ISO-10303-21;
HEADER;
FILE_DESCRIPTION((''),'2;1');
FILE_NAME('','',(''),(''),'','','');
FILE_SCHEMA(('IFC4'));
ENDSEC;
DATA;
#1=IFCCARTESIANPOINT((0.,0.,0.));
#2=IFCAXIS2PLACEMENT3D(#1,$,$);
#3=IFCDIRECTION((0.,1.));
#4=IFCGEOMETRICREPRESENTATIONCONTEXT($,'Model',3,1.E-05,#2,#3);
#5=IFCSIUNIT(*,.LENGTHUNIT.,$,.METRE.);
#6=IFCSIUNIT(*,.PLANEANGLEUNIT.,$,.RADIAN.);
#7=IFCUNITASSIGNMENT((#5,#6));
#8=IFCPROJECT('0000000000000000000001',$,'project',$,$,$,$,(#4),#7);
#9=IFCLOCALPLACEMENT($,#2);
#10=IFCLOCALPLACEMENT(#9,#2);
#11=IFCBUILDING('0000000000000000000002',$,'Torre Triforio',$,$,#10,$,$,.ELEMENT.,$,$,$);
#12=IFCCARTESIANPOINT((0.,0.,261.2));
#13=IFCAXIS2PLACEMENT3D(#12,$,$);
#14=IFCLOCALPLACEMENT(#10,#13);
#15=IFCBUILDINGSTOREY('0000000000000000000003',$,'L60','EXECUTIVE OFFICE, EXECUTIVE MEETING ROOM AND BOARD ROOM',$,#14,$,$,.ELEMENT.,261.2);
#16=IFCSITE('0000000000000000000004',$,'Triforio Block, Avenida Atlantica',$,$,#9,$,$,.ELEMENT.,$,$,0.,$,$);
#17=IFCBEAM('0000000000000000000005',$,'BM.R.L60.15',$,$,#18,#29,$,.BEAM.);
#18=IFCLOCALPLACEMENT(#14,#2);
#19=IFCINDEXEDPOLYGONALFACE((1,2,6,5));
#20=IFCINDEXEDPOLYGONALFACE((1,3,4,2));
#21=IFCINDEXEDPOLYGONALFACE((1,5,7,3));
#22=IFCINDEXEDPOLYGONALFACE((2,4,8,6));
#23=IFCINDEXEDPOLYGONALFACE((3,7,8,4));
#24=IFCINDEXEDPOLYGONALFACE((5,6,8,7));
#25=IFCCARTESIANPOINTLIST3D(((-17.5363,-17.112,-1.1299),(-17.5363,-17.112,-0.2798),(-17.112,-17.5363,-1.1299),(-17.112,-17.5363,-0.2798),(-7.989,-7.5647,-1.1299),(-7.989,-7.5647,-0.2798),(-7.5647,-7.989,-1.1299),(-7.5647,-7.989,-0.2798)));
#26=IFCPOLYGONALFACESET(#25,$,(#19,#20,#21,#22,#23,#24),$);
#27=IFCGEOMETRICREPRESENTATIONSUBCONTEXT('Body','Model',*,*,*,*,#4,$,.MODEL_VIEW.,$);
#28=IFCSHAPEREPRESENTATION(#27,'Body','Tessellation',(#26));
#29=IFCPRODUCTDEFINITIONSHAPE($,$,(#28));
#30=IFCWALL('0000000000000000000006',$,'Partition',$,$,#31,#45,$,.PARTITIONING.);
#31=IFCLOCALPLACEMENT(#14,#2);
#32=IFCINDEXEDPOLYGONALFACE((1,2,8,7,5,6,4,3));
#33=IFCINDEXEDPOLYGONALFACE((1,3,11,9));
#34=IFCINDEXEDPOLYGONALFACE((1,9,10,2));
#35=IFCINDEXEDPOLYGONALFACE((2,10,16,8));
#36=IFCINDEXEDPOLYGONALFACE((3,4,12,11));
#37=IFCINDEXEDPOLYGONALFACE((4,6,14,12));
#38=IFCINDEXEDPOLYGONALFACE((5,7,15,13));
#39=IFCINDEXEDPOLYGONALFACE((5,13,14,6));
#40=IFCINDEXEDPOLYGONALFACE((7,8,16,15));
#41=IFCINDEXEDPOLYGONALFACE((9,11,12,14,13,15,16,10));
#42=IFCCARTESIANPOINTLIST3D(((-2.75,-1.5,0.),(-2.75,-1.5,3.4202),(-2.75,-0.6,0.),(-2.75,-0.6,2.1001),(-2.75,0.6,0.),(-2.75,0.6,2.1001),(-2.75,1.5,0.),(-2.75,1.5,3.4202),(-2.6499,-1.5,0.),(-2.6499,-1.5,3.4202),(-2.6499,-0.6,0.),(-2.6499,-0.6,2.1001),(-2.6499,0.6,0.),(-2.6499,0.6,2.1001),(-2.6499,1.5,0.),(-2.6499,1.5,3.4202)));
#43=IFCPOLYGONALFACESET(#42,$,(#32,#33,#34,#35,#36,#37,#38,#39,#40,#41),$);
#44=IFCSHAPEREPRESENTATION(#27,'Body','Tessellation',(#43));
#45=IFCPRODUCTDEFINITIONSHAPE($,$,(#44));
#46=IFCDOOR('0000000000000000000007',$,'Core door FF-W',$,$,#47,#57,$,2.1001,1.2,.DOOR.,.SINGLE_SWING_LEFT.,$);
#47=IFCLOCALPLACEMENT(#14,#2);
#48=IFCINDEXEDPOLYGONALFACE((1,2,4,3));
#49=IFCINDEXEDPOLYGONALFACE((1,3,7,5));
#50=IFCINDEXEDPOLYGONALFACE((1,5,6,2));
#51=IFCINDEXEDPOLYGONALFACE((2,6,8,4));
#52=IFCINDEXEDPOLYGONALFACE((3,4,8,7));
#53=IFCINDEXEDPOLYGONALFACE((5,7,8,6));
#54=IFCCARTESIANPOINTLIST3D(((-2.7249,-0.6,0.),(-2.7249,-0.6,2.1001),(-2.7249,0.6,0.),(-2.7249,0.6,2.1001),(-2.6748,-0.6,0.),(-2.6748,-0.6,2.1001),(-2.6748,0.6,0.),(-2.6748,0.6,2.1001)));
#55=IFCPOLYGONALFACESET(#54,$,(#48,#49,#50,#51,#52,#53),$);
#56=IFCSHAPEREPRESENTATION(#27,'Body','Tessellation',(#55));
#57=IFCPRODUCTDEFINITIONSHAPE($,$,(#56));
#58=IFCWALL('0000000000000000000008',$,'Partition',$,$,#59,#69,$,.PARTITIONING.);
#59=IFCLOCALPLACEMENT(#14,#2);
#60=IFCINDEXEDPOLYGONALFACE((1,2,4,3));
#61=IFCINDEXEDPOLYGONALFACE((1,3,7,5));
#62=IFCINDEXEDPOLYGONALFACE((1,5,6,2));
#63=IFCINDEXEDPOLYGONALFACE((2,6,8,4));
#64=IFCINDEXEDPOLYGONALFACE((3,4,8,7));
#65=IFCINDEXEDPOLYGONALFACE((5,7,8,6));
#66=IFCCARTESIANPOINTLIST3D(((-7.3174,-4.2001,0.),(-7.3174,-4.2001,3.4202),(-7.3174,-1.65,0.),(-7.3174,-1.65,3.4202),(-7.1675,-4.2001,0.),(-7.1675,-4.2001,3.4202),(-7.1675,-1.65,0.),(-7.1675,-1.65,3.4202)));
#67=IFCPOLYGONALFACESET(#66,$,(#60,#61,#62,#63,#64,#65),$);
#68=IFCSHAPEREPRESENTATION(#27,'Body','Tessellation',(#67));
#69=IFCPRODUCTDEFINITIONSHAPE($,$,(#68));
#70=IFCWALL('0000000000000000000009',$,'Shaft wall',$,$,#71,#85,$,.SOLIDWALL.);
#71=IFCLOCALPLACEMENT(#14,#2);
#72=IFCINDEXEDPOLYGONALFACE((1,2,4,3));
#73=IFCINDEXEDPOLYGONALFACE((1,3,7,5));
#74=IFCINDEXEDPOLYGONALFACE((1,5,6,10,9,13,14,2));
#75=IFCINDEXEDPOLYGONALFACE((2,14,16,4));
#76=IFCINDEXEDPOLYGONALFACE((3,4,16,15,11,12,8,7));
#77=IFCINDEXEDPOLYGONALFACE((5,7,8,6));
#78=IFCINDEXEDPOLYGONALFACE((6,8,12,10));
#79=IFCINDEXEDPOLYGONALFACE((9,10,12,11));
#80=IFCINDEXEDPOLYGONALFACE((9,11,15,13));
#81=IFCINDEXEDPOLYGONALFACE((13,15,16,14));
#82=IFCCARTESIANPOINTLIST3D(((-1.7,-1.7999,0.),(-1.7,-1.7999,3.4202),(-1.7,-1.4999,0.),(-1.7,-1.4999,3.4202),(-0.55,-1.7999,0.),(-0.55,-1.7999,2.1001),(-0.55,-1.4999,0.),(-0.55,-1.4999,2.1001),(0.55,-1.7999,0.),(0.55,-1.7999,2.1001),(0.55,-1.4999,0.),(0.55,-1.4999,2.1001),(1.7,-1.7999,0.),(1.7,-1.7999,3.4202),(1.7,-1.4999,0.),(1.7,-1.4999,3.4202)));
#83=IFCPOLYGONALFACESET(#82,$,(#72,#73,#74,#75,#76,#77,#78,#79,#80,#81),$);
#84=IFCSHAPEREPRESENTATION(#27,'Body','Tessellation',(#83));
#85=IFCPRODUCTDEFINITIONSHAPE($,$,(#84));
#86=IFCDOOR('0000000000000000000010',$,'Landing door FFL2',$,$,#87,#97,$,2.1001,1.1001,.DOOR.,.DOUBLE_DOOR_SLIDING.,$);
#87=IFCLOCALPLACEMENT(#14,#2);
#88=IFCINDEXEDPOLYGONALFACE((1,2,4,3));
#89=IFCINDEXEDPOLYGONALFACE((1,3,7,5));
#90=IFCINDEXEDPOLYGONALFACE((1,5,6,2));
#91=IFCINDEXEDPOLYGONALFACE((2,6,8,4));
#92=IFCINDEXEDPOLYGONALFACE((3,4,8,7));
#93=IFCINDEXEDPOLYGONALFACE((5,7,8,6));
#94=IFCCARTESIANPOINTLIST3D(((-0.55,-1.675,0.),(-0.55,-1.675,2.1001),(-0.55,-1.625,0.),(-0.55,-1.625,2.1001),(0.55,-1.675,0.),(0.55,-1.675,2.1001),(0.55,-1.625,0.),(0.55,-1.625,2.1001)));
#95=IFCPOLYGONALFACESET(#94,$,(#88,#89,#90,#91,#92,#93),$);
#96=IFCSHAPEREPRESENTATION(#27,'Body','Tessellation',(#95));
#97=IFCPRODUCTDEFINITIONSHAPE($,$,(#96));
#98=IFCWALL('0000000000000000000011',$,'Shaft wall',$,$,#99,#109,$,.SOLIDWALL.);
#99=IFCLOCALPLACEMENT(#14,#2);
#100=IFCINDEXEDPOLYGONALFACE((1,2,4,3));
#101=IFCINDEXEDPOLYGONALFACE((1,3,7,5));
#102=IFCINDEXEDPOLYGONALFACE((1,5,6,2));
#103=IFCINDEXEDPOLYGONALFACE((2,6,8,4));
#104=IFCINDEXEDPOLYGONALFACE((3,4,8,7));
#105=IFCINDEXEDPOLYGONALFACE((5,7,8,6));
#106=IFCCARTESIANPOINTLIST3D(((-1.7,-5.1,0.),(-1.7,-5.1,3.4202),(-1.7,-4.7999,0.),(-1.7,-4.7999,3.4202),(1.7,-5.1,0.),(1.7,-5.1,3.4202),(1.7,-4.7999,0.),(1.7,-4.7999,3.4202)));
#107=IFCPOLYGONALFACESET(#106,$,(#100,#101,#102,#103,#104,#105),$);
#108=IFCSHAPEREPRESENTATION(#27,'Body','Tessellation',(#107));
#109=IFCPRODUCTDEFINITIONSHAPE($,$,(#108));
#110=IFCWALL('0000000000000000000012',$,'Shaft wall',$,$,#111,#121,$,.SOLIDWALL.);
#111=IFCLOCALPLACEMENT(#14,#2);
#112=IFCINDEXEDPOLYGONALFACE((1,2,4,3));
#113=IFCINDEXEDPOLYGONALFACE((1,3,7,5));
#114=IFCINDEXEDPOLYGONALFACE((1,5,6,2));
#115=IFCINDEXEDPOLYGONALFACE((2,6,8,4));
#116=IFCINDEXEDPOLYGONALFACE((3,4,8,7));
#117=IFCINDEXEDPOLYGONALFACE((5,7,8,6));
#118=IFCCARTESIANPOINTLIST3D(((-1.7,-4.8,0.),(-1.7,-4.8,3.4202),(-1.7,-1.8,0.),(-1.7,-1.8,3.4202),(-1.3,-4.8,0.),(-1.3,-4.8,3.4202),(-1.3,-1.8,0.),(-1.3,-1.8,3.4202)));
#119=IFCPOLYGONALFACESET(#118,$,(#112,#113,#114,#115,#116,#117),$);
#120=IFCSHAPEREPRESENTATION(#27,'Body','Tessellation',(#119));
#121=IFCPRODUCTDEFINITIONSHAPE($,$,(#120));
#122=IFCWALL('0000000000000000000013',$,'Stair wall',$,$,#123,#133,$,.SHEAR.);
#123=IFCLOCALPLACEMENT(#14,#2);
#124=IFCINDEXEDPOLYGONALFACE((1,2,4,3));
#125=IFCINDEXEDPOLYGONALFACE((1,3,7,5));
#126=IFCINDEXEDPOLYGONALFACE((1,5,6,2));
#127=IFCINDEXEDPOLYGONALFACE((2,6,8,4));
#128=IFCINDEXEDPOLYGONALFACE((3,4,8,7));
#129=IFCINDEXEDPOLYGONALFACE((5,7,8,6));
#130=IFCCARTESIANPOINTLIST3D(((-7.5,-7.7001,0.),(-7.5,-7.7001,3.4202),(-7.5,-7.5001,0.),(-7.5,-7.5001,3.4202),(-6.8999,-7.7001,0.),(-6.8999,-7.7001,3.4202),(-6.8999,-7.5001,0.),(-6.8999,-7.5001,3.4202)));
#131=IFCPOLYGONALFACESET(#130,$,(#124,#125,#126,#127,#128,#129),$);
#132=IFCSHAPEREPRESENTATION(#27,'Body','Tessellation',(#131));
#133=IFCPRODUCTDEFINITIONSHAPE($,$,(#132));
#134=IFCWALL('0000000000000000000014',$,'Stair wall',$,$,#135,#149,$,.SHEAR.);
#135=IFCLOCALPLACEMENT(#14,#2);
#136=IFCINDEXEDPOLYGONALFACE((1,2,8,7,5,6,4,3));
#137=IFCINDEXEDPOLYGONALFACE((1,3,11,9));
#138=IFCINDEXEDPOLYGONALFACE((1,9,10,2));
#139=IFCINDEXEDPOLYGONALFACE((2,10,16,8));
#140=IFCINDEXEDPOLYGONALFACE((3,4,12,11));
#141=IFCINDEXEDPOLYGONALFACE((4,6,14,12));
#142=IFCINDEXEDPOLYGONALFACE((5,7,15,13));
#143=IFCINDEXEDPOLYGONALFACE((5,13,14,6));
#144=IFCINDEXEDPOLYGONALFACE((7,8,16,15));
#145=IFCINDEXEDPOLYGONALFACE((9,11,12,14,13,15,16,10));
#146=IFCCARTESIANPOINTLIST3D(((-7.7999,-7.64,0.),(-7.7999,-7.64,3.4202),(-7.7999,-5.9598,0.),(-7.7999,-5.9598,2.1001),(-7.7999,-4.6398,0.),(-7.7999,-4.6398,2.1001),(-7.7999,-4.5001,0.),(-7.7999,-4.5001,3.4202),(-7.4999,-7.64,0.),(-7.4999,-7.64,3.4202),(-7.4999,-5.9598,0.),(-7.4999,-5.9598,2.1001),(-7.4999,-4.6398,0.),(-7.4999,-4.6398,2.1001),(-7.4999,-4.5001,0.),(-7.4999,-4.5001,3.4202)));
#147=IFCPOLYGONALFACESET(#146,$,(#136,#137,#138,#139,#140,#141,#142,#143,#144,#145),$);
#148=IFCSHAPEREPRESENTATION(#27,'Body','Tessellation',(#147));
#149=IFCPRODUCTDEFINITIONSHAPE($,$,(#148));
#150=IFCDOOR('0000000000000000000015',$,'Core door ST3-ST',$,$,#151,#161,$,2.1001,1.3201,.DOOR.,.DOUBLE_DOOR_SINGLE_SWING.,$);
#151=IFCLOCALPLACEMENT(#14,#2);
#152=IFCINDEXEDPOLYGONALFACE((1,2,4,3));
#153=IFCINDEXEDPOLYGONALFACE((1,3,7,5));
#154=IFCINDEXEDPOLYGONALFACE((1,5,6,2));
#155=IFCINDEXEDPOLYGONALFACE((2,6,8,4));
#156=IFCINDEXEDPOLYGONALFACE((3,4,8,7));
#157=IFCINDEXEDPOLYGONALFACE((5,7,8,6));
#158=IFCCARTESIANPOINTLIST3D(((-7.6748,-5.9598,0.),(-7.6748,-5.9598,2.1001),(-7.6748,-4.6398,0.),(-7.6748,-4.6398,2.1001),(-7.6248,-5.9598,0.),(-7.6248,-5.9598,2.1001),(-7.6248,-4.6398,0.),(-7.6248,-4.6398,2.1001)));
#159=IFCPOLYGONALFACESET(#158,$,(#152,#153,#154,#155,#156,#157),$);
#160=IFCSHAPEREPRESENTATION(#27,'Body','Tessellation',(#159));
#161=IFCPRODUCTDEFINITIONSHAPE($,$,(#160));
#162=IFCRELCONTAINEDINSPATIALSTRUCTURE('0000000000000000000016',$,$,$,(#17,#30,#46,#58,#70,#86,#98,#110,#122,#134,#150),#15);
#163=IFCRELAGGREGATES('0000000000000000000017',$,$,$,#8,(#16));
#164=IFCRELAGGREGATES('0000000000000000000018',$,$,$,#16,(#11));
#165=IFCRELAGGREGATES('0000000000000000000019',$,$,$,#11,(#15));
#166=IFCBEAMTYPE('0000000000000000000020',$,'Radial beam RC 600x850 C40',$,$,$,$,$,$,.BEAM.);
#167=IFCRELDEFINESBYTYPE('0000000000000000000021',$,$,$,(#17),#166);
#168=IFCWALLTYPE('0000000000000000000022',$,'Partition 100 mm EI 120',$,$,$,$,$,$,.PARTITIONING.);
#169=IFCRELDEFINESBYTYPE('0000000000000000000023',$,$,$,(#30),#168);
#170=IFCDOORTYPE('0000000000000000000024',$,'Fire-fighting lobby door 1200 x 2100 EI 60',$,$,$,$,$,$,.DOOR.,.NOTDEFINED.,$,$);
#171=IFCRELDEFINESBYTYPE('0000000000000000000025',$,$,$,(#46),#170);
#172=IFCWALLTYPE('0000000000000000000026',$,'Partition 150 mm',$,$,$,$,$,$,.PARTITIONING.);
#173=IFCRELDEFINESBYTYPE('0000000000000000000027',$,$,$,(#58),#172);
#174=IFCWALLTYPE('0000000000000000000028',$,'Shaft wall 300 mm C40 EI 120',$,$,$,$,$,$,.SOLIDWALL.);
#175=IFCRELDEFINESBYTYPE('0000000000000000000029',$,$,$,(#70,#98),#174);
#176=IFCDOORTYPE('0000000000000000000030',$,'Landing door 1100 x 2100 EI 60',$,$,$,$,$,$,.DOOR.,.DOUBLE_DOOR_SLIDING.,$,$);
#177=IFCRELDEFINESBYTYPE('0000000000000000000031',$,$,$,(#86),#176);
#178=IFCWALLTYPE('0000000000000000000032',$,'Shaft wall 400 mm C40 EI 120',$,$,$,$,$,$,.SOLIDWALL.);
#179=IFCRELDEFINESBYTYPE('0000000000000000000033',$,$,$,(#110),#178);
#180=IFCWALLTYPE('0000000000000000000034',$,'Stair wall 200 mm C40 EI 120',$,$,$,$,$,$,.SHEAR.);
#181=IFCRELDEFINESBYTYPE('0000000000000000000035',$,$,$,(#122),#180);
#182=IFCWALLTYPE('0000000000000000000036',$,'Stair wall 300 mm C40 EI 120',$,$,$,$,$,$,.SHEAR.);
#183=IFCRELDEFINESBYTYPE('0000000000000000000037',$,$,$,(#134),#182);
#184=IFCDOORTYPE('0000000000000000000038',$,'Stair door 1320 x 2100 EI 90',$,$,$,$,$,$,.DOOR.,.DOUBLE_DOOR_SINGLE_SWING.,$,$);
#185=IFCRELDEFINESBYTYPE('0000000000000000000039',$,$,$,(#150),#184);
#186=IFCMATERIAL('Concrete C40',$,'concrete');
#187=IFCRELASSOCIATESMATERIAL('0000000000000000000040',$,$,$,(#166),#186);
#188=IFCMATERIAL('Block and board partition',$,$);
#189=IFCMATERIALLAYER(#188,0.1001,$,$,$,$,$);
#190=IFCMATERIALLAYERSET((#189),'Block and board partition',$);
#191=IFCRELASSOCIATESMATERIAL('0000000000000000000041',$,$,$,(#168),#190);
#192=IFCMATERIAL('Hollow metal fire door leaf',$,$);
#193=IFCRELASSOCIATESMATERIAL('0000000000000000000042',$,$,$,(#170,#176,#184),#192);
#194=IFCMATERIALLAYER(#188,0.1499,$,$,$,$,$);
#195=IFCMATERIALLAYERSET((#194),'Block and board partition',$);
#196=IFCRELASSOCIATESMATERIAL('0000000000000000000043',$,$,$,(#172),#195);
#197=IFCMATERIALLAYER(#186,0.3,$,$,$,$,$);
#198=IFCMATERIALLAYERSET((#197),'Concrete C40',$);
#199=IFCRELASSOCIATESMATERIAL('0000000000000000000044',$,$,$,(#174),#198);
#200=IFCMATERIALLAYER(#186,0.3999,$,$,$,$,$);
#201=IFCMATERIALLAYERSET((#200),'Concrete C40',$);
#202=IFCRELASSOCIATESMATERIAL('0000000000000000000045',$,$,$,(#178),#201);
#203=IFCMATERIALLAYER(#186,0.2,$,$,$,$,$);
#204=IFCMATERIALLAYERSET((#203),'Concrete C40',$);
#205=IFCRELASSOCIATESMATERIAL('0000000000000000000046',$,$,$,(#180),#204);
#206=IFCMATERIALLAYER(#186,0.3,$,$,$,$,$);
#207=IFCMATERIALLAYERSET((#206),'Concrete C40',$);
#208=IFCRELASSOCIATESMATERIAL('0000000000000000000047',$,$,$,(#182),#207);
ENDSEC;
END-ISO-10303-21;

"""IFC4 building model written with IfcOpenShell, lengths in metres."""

from ifc_helpers import new_model, si_unit, direction, frame, frame_2d, origin, origin_2d, place, context, subcontext, project, spatial, rectangle, extrude, material, layer, layer_set, material_profile, profile_set, type_object, element, fill, save


model = new_model("IFC4")

# Units and contexts
model_context = context("Model", 3, precision=1e-05, world=origin(), true_north=direction((0.0, 1.0)))
body_context = subcontext(model_context, "Body", "Model", "MODEL_VIEW")
ifc_project = project(units=[si_unit("LENGTHUNIT", "METRE"), si_unit("PLANEANGLEUNIT", "RADIAN")], contexts=[model_context])

# Site, building, storey
site_placement = place(None, origin())
site = spatial("IfcSite", under=ifc_project, at=site_placement, Name="Triforio Block, Avenida Atlantica", CompositionType="ELEMENT", RefElevation=0.0)
building_placement = place(site_placement, origin())
building = spatial("IfcBuilding", under=site, at=building_placement, Name="Torre Triforio", CompositionType="ELEMENT")
storey_placement = place(building_placement, frame((0.0, 0.0, 261.2)))
storey = spatial("IfcBuildingStorey", under=building, at=storey_placement, Name="L60", Description="EXECUTIVE OFFICE, EXECUTIVE MEETING ROOM AND BOARD ROOM", CompositionType="ELEMENT", Elevation=261.2)

# Beam
ifc_material_1 = material(Name="Concrete C40", Category="concrete")
ifc_material_profile = material_profile(ifc_material_1, rectangle(XDim=0.6001, YDim=0.8501, at=origin_2d()), Name="RC 600x850")
ifc_profile_set = profile_set([ifc_material_profile], Name="Concrete C40")
beam_type = type_object("IfcBeamType", Name="Radial beam RC 600x850 C40", PredefinedType="BEAM", material=ifc_profile_set)
beam_placement = place(storey_placement, frame((-7.7769, -7.7769, -0.7048), z_axis=(-0.707107, -0.707107, 0.0), x_axis=(0.707107, -0.707107, 0.0)))
element("IfcBeam", 1, at=beam_placement, inside=storey, type_object=beam_type, Name="BM.R.L60.15", PredefinedType="BEAM", context=body_context, shape_type="SweptSolid", body=[
    extrude(rectangle(XDim=0.6001, YDim=0.8501, at=origin_2d()), origin(), (0.0, 0.0, 1.0), 13.502),
])

# Wall, opening, door
ifc_material_2 = material(Name="Block and board partition")
ifc_layer_1 = layer(ifc_material_2, 0.1001)
ifc_layer_set_1 = layer_set([ifc_layer_1], Name="Block and board partition")
wall_type_1 = type_object("IfcWallType", Name="Partition 100 mm EI 120", PredefinedType="PARTITIONING", material=ifc_layer_set_1)
wall_1_placement = place(storey_placement, frame((-2.7, -1.5, 0.0), z_axis=(0.0, 0.0, 1.0), x_axis=(0.0, 1.0, 0.0)))
wall_1 = element("IfcWall", 2, at=wall_1_placement, inside=storey, type_object=wall_type_1, Name="Partition", PredefinedType="PARTITIONING", context=body_context, shape_type="SweptSolid", body=[
    extrude(rectangle(XDim=3.0, YDim=0.1001, at=frame_2d((1.5, 0.0))), origin(), (0.0, 0.0, 1.0), 3.4202),
])
opening_1_placement = place(wall_1_placement, frame((0.8999, 0.0, 0.0)))
opening_1 = element("IfcOpeningElement", 3, at=opening_1_placement, cuts=wall_1, PredefinedType="OPENING", context=body_context, shape_type="SweptSolid", body=[
    extrude(rectangle(XDim=1.2, YDim=2.1001, at=frame_2d((0.6001, 1.05))), frame((0.0, 0.0601, 0.0), z_axis=(0.0, -1.0, 0.0), x_axis=(1.0, 0.0, 0.0)), (0.0, 0.0, 1.0), 0.1201),
])
ifc_material_3 = material(Name="Hollow metal fire door leaf")
door_type_1 = type_object("IfcDoorType", Name="Fire-fighting lobby door 1200 x 2100 EI 60", OperationType="NOTDEFINED", PredefinedType="DOOR", material=ifc_material_3)
door_1_placement = place(opening_1_placement, origin())
door_1 = element("IfcDoor", 4, at=door_1_placement, inside=storey, type_object=door_type_1, Name="Core door FF-W", OperationType="SINGLE_SWING_LEFT", OverallHeight=2.1001, OverallWidth=1.2, PredefinedType="DOOR", context=body_context, shape_type="SweptSolid", body=[
    extrude(rectangle(XDim=1.2, YDim=2.1001, at=frame_2d((0.6001, 1.05))), frame((0.0, 0.0249, 0.0), z_axis=(0.0, -1.0, 0.0), x_axis=(1.0, 0.0, 0.0)), (0.0, 0.0, 1.0), 0.05),
])
fill(opening_1, door_1)

# Wall
ifc_layer_2 = layer(ifc_material_2, 0.1499)
ifc_layer_set_2 = layer_set([ifc_layer_2], Name="Block and board partition")
wall_type_2 = type_object("IfcWallType", Name="Partition 150 mm", PredefinedType="PARTITIONING", material=ifc_layer_set_2)
wall_2_placement = place(storey_placement, frame((-7.2424, -4.2, 0.0), z_axis=(0.0, 0.0, 1.0), x_axis=(0.0, 1.0, 0.0)))
element("IfcWall", 5, at=wall_2_placement, inside=storey, type_object=wall_type_2, Name="Partition", PredefinedType="PARTITIONING", context=body_context, shape_type="SweptSolid", body=[
    extrude(rectangle(XDim=2.55, YDim=0.1499, at=frame_2d((1.2749, 0.0))), origin(), (0.0, 0.0, 1.0), 3.4202),
])

# Wall, opening, door
ifc_layer_3 = layer(ifc_material_1, 0.3)
ifc_layer_set_3 = layer_set([ifc_layer_3], Name="Concrete C40")
wall_type_3 = type_object("IfcWallType", Name="Shaft wall 300 mm C40 EI 120", PredefinedType="SOLIDWALL", material=ifc_layer_set_3)
wall_3_placement = place(storey_placement, frame((-1.7, -1.6499, 0.0), z_axis=(0.0, 0.0, 1.0), x_axis=(1.0, 0.0, 0.0)))
wall_3 = element("IfcWall", 6, at=wall_3_placement, inside=storey, type_object=wall_type_3, Name="Shaft wall", PredefinedType="SOLIDWALL", context=body_context, shape_type="SweptSolid", body=[
    extrude(rectangle(XDim=3.3999, YDim=0.3, at=frame_2d((1.7, 0.0))), origin(), (0.0, 0.0, 1.0), 3.4202),
])
opening_2_placement = place(wall_3_placement, frame((1.1499, 0.0, 0.0)))
opening_2 = element("IfcOpeningElement", 7, at=opening_2_placement, cuts=wall_3, PredefinedType="OPENING", context=body_context, shape_type="SweptSolid", body=[
    extrude(rectangle(XDim=1.1001, YDim=2.1001, at=frame_2d((0.55, 1.05))), frame((0.0, 0.1599, 0.0), z_axis=(0.0, -1.0, 0.0), x_axis=(1.0, 0.0, 0.0)), (0.0, 0.0, 1.0), 0.3201),
])
door_type_2 = type_object("IfcDoorType", Name="Landing door 1100 x 2100 EI 60", OperationType="DOUBLE_DOOR_SLIDING", PredefinedType="DOOR", material=ifc_material_3)
door_2_placement = place(opening_2_placement, origin())
door_2 = element("IfcDoor", 8, at=door_2_placement, inside=storey, type_object=door_type_2, Name="Landing door FFL2", OperationType="DOUBLE_DOOR_SLIDING", OverallHeight=2.1001, OverallWidth=1.1001, PredefinedType="DOOR", context=body_context, shape_type="SweptSolid", body=[
    extrude(rectangle(XDim=1.1001, YDim=2.1001, at=frame_2d((0.55, 1.05))), frame((0.0, 0.0249, 0.0), z_axis=(0.0, -1.0, 0.0), x_axis=(1.0, 0.0, 0.0)), (0.0, 0.0, 1.0), 0.05),
])
fill(opening_2, door_2)

# Walls
wall_4_placement = place(storey_placement, frame((-1.7, -4.95, 0.0), z_axis=(0.0, 0.0, 1.0), x_axis=(1.0, 0.0, 0.0)))
element("IfcWall", 9, at=wall_4_placement, inside=storey, type_object=wall_type_3, Name="Shaft wall", PredefinedType="SOLIDWALL", context=body_context, shape_type="SweptSolid", body=[
    extrude(rectangle(XDim=3.3999, YDim=0.3, at=frame_2d((1.7, 0.0))), origin(), (0.0, 0.0, 1.0), 3.4202),
])
ifc_layer_4 = layer(ifc_material_1, 0.3999)
ifc_layer_set_4 = layer_set([ifc_layer_4], Name="Concrete C40")
wall_type_4 = type_object("IfcWallType", Name="Shaft wall 400 mm C40 EI 120", PredefinedType="SOLIDWALL", material=ifc_layer_set_4)
wall_5_placement = place(storey_placement, frame((-1.5, -4.8, 0.0), z_axis=(0.0, 0.0, 1.0), x_axis=(0.0, 1.0, 0.0)))
element("IfcWall", 10, at=wall_5_placement, inside=storey, type_object=wall_type_4, Name="Shaft wall", PredefinedType="SOLIDWALL", context=body_context, shape_type="SweptSolid", body=[
    extrude(rectangle(XDim=3.0, YDim=0.3999, at=frame_2d((1.5, 0.0))), origin(), (0.0, 0.0, 1.0), 3.4202),
])
ifc_layer_5 = layer(ifc_material_1, 0.2)
ifc_layer_set_5 = layer_set([ifc_layer_5], Name="Concrete C40")
wall_type_5 = type_object("IfcWallType", Name="Stair wall 200 mm C40 EI 120", PredefinedType="SHEAR", material=ifc_layer_set_5)
wall_6_placement = place(storey_placement, frame((-7.5, -7.6001, 0.0), z_axis=(0.0, 0.0, 1.0), x_axis=(1.0, 0.0, 0.0)))
element("IfcWall", 11, at=wall_6_placement, inside=storey, type_object=wall_type_5, Name="Stair wall", PredefinedType="SHEAR", context=body_context, shape_type="SweptSolid", body=[
    extrude(rectangle(XDim=0.6001, YDim=0.2, at=frame_2d((0.3, 0.0))), origin(), (0.0, 0.0, 1.0), 3.4202),
])

# Wall, opening, door
ifc_layer_6 = layer(ifc_material_1, 0.3)
ifc_layer_set_6 = layer_set([ifc_layer_6], Name="Concrete C40")
wall_type_6 = type_object("IfcWallType", Name="Stair wall 300 mm C40 EI 120", PredefinedType="SHEAR", material=ifc_layer_set_6)
wall_7_placement = place(storey_placement, frame((-7.6499, -7.6399, 0.0), z_axis=(0.0, 0.0, 1.0), x_axis=(0.0, 1.0, 0.0)))
wall_7 = element("IfcWall", 12, at=wall_7_placement, inside=storey, type_object=wall_type_6, Name="Stair wall", PredefinedType="SHEAR", context=body_context, shape_type="SweptSolid", body=[
    extrude(rectangle(XDim=3.1399, YDim=0.3, at=frame_2d((1.5698, 0.0))), origin(), (0.0, 0.0, 1.0), 3.4202),
])
opening_3_placement = place(wall_7_placement, frame((1.6799, 0.0, 0.0)))
opening_3 = element("IfcOpeningElement", 13, at=opening_3_placement, cuts=wall_7, PredefinedType="OPENING", context=body_context, shape_type="SweptSolid", body=[
    extrude(rectangle(XDim=1.3201, YDim=2.1001, at=frame_2d((0.6602, 1.05))), frame((0.0, 0.1599, 0.0), z_axis=(0.0, -1.0, 0.0), x_axis=(1.0, 0.0, 0.0)), (0.0, 0.0, 1.0), 0.3201),
])
door_type_3 = type_object("IfcDoorType", Name="Stair door 1320 x 2100 EI 90", OperationType="DOUBLE_DOOR_SINGLE_SWING", PredefinedType="DOOR", material=ifc_material_3)
door_3_placement = place(opening_3_placement, origin())
door_3 = element("IfcDoor", 14, at=door_3_placement, inside=storey, type_object=door_type_3, Name="Core door ST3-ST", OperationType="DOUBLE_DOOR_SINGLE_SWING", OverallHeight=2.1001, OverallWidth=1.3201, PredefinedType="DOOR", context=body_context, shape_type="SweptSolid", body=[
    extrude(rectangle(XDim=1.3201, YDim=2.1001, at=frame_2d((0.6602, 1.05))), frame((0.0, 0.0249, 0.0), z_axis=(0.0, -1.0, 0.0), x_axis=(1.0, 0.0, 0.0)), (0.0, 0.0, 1.0), 0.05),
])
fill(opening_3, door_3)

save(model, "model.ifc")
